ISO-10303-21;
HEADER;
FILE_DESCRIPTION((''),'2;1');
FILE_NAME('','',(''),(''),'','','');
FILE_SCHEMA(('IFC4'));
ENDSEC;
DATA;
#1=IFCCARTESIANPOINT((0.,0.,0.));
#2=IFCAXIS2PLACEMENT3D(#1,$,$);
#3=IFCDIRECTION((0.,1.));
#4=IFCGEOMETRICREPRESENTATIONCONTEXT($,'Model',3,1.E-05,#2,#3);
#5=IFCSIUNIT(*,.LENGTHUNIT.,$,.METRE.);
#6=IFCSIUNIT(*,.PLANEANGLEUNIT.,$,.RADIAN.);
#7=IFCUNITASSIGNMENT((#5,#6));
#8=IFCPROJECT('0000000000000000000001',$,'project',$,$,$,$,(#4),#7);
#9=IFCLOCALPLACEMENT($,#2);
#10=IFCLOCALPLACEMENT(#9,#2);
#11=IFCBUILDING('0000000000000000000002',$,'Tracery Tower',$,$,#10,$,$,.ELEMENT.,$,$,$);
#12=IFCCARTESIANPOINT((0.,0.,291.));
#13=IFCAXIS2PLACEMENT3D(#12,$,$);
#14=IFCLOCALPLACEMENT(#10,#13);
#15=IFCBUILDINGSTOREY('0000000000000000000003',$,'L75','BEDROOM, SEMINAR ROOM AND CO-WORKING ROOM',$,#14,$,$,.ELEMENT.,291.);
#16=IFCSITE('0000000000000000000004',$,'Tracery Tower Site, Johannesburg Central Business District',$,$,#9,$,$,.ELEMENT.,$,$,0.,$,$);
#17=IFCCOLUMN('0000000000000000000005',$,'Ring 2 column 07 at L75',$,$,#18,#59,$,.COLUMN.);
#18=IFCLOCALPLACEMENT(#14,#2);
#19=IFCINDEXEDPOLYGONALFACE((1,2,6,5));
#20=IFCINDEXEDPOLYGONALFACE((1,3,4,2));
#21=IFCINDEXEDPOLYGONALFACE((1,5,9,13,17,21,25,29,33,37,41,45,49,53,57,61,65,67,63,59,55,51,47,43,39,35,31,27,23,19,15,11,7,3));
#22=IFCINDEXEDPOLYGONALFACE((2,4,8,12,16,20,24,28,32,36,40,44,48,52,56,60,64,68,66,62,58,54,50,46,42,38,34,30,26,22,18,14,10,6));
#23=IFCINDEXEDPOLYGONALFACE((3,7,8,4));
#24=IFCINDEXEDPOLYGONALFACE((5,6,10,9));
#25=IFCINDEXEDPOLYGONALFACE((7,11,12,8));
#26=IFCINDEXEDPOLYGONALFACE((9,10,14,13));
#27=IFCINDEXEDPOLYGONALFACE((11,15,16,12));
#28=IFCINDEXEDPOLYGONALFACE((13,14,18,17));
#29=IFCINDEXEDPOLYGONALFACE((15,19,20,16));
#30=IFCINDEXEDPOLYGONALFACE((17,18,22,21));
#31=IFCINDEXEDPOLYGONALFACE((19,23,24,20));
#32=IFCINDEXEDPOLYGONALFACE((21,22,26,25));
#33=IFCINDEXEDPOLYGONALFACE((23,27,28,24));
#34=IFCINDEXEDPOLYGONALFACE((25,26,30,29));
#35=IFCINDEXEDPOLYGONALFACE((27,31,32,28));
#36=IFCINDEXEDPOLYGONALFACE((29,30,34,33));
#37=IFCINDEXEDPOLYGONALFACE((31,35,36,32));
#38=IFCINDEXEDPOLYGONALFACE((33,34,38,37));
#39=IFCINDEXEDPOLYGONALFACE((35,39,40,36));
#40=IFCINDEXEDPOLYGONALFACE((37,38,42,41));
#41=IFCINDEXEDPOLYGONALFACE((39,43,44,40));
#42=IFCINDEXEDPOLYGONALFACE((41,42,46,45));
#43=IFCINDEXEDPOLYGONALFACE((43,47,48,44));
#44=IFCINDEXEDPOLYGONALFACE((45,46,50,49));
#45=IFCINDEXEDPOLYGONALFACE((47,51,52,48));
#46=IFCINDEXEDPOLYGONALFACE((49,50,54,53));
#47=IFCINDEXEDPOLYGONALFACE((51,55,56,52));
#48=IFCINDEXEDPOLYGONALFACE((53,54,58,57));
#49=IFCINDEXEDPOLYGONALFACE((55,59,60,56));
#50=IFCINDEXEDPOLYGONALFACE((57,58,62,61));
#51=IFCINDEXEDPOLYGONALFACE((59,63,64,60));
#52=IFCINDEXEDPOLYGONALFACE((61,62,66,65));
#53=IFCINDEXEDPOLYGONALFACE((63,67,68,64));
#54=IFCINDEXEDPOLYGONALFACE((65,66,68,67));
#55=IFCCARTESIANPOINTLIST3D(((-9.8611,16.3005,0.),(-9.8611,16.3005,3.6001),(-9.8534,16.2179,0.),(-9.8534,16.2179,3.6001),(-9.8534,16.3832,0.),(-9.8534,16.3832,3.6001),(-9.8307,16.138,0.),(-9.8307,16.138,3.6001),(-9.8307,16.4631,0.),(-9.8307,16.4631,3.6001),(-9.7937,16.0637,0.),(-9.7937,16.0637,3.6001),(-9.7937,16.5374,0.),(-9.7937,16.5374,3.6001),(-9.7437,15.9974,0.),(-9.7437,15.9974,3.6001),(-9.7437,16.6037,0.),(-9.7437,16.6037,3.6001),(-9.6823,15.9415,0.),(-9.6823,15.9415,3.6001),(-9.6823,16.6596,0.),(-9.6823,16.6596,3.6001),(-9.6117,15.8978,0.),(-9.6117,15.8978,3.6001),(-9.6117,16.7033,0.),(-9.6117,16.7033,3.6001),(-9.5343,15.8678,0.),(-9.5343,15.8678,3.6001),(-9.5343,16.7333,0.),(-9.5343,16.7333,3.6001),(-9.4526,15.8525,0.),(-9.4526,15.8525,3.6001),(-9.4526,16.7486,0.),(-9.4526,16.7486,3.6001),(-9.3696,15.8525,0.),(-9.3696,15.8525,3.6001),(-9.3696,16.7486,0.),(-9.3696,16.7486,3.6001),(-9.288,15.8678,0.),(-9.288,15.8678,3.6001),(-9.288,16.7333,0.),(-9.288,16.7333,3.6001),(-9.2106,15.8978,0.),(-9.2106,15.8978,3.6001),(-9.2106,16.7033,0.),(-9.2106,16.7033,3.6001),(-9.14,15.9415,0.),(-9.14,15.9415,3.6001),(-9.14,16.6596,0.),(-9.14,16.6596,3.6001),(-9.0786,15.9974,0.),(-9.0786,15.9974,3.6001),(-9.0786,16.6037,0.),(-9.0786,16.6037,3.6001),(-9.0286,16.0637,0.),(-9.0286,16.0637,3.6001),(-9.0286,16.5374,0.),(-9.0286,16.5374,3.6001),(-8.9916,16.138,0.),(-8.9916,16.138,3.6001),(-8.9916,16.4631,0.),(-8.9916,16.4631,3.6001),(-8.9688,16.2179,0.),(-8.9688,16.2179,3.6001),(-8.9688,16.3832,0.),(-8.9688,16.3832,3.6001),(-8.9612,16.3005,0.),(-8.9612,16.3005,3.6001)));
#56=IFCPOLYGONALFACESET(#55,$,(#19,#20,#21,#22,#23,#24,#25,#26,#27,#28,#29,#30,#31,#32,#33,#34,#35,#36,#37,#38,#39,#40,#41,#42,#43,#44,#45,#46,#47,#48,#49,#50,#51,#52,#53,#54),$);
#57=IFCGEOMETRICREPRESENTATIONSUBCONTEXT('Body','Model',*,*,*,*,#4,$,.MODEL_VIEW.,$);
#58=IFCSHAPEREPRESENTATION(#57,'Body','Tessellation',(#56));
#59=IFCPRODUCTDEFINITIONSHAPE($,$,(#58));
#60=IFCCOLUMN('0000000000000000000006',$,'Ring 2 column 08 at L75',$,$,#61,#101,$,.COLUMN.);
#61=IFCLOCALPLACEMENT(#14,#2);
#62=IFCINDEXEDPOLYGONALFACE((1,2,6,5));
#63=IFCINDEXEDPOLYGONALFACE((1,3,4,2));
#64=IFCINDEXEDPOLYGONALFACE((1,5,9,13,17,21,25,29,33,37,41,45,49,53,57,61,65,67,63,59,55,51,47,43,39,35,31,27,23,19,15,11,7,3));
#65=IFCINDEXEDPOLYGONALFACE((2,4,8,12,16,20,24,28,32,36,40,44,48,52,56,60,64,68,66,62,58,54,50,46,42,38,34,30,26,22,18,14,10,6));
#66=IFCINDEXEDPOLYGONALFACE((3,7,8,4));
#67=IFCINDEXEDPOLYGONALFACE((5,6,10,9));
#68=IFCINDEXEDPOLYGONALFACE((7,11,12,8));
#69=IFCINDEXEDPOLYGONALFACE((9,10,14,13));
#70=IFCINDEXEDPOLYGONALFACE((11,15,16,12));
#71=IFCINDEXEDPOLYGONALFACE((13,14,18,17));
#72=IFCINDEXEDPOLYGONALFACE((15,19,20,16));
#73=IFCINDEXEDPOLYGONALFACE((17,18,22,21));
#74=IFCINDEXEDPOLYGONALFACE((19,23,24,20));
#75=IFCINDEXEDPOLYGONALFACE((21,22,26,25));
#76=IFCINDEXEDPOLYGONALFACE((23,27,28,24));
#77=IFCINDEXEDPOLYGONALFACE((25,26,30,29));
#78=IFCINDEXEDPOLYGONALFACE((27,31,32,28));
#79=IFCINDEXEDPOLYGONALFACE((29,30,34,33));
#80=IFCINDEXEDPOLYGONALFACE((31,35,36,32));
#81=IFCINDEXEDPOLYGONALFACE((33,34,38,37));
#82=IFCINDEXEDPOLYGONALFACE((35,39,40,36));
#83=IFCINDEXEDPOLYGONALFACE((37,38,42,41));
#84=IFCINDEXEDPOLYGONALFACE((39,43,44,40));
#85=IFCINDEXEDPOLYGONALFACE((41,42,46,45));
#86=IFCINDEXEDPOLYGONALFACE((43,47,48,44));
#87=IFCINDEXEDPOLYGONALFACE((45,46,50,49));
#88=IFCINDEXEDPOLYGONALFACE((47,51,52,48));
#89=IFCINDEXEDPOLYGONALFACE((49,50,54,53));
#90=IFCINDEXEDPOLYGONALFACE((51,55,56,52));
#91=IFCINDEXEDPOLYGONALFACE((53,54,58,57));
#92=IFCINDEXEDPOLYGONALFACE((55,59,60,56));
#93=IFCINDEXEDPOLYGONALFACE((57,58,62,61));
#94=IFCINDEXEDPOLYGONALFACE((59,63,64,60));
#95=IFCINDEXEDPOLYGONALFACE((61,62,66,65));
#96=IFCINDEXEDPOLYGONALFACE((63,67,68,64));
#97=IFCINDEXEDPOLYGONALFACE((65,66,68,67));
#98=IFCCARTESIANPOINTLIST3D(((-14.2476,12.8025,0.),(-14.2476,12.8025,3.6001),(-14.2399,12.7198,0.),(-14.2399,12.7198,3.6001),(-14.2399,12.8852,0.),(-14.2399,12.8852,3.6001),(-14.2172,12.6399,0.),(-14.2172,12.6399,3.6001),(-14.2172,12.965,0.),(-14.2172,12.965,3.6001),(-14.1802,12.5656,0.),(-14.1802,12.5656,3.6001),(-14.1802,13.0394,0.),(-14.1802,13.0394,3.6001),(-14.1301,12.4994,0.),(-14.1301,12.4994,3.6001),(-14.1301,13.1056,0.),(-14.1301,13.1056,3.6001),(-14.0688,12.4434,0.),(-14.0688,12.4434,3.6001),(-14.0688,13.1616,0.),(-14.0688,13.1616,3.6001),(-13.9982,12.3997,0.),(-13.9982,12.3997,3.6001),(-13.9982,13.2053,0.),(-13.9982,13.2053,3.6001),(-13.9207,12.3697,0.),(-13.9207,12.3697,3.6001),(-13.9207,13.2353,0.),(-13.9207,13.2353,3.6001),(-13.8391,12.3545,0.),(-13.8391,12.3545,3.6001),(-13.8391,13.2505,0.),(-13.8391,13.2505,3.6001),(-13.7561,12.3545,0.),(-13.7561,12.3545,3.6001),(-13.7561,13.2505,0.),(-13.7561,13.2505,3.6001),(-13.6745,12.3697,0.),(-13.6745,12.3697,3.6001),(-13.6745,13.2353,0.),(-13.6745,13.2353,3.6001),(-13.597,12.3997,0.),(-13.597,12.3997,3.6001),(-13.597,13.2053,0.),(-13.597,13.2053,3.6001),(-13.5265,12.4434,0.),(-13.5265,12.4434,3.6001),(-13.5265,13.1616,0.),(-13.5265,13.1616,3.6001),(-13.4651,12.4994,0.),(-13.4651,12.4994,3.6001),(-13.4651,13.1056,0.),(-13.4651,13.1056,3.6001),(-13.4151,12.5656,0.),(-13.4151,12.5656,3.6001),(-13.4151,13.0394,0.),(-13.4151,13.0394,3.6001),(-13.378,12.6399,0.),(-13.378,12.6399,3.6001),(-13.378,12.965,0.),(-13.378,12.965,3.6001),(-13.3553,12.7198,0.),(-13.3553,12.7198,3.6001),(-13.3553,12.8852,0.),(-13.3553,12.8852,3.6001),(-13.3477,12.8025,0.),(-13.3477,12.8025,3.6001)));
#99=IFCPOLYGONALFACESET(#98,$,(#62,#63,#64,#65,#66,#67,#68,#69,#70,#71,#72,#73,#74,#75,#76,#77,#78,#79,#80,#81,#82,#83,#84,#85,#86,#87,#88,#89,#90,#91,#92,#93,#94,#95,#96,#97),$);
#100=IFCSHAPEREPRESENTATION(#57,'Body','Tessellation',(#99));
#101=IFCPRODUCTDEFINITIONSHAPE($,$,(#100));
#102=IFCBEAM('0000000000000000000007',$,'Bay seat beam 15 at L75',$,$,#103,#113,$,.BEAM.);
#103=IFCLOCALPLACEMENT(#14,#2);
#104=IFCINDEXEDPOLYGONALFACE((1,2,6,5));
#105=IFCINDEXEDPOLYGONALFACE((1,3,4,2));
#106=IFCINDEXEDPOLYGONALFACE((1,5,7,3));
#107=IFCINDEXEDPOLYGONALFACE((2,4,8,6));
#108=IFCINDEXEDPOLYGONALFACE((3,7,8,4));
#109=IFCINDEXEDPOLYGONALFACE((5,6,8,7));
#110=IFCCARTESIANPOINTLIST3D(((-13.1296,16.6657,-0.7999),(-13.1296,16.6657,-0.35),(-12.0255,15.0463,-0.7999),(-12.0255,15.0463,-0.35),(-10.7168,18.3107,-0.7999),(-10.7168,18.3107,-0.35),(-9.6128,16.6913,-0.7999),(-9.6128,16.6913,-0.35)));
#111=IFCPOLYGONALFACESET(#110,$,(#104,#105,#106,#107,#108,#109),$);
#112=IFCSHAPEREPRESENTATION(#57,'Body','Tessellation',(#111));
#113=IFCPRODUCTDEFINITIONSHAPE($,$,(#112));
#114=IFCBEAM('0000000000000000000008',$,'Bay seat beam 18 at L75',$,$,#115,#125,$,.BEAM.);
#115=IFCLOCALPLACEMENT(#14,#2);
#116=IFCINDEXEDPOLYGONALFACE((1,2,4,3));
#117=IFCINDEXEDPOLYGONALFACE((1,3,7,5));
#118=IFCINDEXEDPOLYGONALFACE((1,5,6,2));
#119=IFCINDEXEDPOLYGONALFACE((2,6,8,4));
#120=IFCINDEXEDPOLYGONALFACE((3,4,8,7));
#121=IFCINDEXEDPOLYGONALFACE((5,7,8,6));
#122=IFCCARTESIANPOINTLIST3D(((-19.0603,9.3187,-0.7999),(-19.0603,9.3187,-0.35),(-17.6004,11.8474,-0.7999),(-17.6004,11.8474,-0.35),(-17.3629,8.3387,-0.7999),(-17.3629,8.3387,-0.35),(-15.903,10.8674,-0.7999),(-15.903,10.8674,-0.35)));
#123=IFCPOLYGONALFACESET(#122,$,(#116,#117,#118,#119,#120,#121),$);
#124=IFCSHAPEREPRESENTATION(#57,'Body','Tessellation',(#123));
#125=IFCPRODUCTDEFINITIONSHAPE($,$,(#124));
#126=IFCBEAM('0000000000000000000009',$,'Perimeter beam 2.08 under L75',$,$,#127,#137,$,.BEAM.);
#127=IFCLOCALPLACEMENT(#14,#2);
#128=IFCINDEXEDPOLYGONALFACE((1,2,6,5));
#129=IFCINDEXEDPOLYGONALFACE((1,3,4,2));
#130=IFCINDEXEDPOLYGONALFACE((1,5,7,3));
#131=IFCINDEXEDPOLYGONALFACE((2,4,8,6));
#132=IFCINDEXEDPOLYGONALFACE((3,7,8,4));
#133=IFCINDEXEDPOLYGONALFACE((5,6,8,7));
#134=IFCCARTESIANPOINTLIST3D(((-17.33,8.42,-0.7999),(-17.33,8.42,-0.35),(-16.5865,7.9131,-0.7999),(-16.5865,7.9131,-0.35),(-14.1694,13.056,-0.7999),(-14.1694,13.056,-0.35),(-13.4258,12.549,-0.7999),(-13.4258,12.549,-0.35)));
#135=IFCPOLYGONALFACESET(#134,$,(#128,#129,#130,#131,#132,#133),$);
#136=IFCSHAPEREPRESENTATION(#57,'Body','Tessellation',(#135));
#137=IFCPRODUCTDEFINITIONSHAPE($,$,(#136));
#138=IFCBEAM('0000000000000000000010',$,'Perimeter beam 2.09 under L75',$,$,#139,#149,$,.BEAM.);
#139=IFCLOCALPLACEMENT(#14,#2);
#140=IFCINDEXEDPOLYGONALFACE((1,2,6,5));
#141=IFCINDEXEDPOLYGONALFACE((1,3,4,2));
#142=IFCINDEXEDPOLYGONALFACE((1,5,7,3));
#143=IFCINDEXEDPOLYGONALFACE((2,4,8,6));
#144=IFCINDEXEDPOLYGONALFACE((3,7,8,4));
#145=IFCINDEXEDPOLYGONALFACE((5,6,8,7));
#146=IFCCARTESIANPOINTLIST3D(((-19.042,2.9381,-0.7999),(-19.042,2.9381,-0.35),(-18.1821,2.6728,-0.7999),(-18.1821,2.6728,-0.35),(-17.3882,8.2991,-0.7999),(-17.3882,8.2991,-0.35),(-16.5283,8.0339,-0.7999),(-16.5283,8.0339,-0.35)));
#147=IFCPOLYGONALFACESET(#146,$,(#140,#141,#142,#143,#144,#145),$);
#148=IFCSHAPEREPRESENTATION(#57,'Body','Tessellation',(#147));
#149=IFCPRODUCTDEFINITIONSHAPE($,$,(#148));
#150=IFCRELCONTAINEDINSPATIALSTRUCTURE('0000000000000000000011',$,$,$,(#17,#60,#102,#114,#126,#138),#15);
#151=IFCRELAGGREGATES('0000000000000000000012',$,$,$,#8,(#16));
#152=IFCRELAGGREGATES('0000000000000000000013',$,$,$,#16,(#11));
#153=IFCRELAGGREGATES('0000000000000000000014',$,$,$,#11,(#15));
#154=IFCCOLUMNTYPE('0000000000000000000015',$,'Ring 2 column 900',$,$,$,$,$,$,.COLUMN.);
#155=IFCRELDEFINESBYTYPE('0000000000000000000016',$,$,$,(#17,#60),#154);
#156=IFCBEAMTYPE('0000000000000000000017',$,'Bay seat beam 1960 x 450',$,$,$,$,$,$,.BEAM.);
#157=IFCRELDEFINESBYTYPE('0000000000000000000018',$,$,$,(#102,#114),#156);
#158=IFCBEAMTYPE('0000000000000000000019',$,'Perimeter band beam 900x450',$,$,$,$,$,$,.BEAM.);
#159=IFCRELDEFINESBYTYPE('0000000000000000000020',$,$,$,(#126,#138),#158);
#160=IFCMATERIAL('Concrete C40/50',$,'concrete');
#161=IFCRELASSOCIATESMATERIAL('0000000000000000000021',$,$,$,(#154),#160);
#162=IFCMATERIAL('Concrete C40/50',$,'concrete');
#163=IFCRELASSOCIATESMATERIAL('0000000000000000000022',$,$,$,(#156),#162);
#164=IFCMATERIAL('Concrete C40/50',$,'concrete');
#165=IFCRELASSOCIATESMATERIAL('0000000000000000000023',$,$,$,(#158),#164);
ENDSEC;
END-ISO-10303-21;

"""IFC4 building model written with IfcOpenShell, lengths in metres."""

from ifc_helpers import new_model, si_unit, direction, frame, origin, origin_2d, place, context, subcontext, project, spatial, rectangle, circle, extrude, material, material_profile, profile_set, type_object, element, save


model = new_model("IFC4")

# Units and contexts
model_context = context("Model", 3, precision=1e-05, world=origin(), true_north=direction((0.0, 1.0)))
body_context = subcontext(model_context, "Body", "Model", "MODEL_VIEW")
ifc_project = project(units=[si_unit("LENGTHUNIT", "METRE"), si_unit("PLANEANGLEUNIT", "RADIAN")], contexts=[model_context])

# Site, building, storey
site_placement = place(None, origin())
site = spatial("IfcSite", under=ifc_project, at=site_placement, Name="Tracery Tower Site, Johannesburg Central Business District", CompositionType="ELEMENT", RefElevation=0.0)
building_placement = place(site_placement, origin())
building = spatial("IfcBuilding", under=site, at=building_placement, Name="Tracery Tower", CompositionType="ELEMENT")
storey_placement = place(building_placement, frame((0.0, 0.0, 291.0)))
storey = spatial("IfcBuildingStorey", under=building, at=storey_placement, Name="L75", Description="BEDROOM, SEMINAR ROOM AND CO-WORKING ROOM", CompositionType="ELEMENT", Elevation=291.0)

# Columns
ifc_material_1 = material(Name="Concrete C40/50", Category="concrete")
ifc_material_profile_1 = material_profile(ifc_material_1, circle(Radius=0.45, at=origin_2d()), Name="RC D900")
ifc_profile_set_1 = profile_set([ifc_material_profile_1], Name="Concrete C40/50")
column_type = type_object("IfcColumnType", Name="Ring 2 column 900", PredefinedType="COLUMN", material=ifc_profile_set_1)
for number, where, z_axis, x_axis, name in (
    (1, (-9.4111, 16.3005, 0.0), (0.0, 0.0, 1.0), (1.0, 0.0, 0.0), "Ring 2 column 07 at L75"),
    (2, (-13.7976, 12.8025, 0.0), (0.0, 0.0, 1.0), (1.0, 0.0, 0.0), "Ring 2 column 08 at L75"),
):
    element("IfcColumn", number, at=place(storey_placement, frame(where, z_axis=z_axis, x_axis=x_axis)), inside=storey, type_object=column_type, Name=name, PredefinedType="COLUMN", context=body_context, shape_type="SweptSolid", body=[
        extrude(circle(Radius=0.45, at=origin_2d()), origin(), (0.0, 0.0, 1.0), 3.6001),
    ])

# Beams
ifc_material_2 = material(Name="Concrete C40/50", Category="concrete")
ifc_material_profile_2 = material_profile(ifc_material_2, rectangle(XDim=1.96, YDim=0.45, at=origin_2d()), Name="RC 1960x450")
ifc_profile_set_2 = profile_set([ifc_material_profile_2], Name="Concrete C40/50")
beam_type_1 = type_object("IfcBeamType", Name="Bay seat beam 1960 x 450", PredefinedType="BEAM", material=ifc_profile_set_2)
beam_1_placement = place(storey_placement, frame((-10.1648, 17.501, -0.575), z_axis=(-0.826243, -0.563313, 0.0), x_axis=(0.563313, -0.826243, 0.0)))
element("IfcBeam", 3, at=beam_1_placement, inside=storey, type_object=beam_type_1, Name="Bay seat beam 15 at L75", PredefinedType="BEAM", context=body_context, shape_type="SweptSolid", body=[
    extrude(rectangle(XDim=1.96, YDim=0.45, at=origin_2d()), origin(), (0.0, 0.0, 1.0), 2.9202),
])
beam_2_placement = place(storey_placement, frame((-16.7517, 11.3574, -0.575), z_axis=(-0.499988, -0.866032, 0.0), x_axis=(0.866032, -0.499988, 0.0)))
element("IfcBeam", 4, at=beam_2_placement, inside=storey, type_object=beam_type_1, Name="Bay seat beam 18 at L75", PredefinedType="BEAM", context=body_context, shape_type="SweptSolid", body=[
    extrude(rectangle(XDim=1.96, YDim=0.45, at=origin_2d()), origin(), (0.0, 0.0, 1.0), 2.9199),
])
ifc_material_3 = material(Name="Concrete C40/50", Category="concrete")
ifc_material_profile_3 = material_profile(ifc_material_3, rectangle(XDim=0.8999, YDim=0.45, at=origin_2d()), Name="RC 900x450")
ifc_profile_set_3 = profile_set([ifc_material_profile_3], Name="Concrete C40/50")
beam_type_2 = type_object("IfcBeamType", Name="Perimeter band beam 900x450", PredefinedType="BEAM", material=ifc_profile_set_3)
beam_3_placement = place(storey_placement, frame((-13.7976, 12.8025, -0.575), z_axis=(-0.563306, -0.826249, 0.0), x_axis=(0.826249, -0.563306, 0.0)))
element("IfcBeam", 5, at=beam_3_placement, inside=storey, type_object=beam_type_2, Name="Perimeter beam 2.08 under L75", PredefinedType="BEAM", context=body_context, shape_type="SweptSolid", body=[
    extrude(rectangle(XDim=0.8999, YDim=0.45, at=origin_2d()), origin(), (0.0, 0.0, 1.0), 5.6108),
])
beam_4_placement = place(storey_placement, frame((-16.9583, 8.1665, -0.575), z_axis=(-0.294777, -0.955566, 0.0), x_axis=(0.955566, -0.294777, 0.0)))
element("IfcBeam", 6, at=beam_4_placement, inside=storey, type_object=beam_type_2, Name="Perimeter beam 2.09 under L75", PredefinedType="BEAM", context=body_context, shape_type="SweptSolid", body=[
    extrude(rectangle(XDim=0.8999, YDim=0.45, at=origin_2d()), origin(), (0.0, 0.0, 1.0), 5.6104),
])

save(model, "model.ifc")
